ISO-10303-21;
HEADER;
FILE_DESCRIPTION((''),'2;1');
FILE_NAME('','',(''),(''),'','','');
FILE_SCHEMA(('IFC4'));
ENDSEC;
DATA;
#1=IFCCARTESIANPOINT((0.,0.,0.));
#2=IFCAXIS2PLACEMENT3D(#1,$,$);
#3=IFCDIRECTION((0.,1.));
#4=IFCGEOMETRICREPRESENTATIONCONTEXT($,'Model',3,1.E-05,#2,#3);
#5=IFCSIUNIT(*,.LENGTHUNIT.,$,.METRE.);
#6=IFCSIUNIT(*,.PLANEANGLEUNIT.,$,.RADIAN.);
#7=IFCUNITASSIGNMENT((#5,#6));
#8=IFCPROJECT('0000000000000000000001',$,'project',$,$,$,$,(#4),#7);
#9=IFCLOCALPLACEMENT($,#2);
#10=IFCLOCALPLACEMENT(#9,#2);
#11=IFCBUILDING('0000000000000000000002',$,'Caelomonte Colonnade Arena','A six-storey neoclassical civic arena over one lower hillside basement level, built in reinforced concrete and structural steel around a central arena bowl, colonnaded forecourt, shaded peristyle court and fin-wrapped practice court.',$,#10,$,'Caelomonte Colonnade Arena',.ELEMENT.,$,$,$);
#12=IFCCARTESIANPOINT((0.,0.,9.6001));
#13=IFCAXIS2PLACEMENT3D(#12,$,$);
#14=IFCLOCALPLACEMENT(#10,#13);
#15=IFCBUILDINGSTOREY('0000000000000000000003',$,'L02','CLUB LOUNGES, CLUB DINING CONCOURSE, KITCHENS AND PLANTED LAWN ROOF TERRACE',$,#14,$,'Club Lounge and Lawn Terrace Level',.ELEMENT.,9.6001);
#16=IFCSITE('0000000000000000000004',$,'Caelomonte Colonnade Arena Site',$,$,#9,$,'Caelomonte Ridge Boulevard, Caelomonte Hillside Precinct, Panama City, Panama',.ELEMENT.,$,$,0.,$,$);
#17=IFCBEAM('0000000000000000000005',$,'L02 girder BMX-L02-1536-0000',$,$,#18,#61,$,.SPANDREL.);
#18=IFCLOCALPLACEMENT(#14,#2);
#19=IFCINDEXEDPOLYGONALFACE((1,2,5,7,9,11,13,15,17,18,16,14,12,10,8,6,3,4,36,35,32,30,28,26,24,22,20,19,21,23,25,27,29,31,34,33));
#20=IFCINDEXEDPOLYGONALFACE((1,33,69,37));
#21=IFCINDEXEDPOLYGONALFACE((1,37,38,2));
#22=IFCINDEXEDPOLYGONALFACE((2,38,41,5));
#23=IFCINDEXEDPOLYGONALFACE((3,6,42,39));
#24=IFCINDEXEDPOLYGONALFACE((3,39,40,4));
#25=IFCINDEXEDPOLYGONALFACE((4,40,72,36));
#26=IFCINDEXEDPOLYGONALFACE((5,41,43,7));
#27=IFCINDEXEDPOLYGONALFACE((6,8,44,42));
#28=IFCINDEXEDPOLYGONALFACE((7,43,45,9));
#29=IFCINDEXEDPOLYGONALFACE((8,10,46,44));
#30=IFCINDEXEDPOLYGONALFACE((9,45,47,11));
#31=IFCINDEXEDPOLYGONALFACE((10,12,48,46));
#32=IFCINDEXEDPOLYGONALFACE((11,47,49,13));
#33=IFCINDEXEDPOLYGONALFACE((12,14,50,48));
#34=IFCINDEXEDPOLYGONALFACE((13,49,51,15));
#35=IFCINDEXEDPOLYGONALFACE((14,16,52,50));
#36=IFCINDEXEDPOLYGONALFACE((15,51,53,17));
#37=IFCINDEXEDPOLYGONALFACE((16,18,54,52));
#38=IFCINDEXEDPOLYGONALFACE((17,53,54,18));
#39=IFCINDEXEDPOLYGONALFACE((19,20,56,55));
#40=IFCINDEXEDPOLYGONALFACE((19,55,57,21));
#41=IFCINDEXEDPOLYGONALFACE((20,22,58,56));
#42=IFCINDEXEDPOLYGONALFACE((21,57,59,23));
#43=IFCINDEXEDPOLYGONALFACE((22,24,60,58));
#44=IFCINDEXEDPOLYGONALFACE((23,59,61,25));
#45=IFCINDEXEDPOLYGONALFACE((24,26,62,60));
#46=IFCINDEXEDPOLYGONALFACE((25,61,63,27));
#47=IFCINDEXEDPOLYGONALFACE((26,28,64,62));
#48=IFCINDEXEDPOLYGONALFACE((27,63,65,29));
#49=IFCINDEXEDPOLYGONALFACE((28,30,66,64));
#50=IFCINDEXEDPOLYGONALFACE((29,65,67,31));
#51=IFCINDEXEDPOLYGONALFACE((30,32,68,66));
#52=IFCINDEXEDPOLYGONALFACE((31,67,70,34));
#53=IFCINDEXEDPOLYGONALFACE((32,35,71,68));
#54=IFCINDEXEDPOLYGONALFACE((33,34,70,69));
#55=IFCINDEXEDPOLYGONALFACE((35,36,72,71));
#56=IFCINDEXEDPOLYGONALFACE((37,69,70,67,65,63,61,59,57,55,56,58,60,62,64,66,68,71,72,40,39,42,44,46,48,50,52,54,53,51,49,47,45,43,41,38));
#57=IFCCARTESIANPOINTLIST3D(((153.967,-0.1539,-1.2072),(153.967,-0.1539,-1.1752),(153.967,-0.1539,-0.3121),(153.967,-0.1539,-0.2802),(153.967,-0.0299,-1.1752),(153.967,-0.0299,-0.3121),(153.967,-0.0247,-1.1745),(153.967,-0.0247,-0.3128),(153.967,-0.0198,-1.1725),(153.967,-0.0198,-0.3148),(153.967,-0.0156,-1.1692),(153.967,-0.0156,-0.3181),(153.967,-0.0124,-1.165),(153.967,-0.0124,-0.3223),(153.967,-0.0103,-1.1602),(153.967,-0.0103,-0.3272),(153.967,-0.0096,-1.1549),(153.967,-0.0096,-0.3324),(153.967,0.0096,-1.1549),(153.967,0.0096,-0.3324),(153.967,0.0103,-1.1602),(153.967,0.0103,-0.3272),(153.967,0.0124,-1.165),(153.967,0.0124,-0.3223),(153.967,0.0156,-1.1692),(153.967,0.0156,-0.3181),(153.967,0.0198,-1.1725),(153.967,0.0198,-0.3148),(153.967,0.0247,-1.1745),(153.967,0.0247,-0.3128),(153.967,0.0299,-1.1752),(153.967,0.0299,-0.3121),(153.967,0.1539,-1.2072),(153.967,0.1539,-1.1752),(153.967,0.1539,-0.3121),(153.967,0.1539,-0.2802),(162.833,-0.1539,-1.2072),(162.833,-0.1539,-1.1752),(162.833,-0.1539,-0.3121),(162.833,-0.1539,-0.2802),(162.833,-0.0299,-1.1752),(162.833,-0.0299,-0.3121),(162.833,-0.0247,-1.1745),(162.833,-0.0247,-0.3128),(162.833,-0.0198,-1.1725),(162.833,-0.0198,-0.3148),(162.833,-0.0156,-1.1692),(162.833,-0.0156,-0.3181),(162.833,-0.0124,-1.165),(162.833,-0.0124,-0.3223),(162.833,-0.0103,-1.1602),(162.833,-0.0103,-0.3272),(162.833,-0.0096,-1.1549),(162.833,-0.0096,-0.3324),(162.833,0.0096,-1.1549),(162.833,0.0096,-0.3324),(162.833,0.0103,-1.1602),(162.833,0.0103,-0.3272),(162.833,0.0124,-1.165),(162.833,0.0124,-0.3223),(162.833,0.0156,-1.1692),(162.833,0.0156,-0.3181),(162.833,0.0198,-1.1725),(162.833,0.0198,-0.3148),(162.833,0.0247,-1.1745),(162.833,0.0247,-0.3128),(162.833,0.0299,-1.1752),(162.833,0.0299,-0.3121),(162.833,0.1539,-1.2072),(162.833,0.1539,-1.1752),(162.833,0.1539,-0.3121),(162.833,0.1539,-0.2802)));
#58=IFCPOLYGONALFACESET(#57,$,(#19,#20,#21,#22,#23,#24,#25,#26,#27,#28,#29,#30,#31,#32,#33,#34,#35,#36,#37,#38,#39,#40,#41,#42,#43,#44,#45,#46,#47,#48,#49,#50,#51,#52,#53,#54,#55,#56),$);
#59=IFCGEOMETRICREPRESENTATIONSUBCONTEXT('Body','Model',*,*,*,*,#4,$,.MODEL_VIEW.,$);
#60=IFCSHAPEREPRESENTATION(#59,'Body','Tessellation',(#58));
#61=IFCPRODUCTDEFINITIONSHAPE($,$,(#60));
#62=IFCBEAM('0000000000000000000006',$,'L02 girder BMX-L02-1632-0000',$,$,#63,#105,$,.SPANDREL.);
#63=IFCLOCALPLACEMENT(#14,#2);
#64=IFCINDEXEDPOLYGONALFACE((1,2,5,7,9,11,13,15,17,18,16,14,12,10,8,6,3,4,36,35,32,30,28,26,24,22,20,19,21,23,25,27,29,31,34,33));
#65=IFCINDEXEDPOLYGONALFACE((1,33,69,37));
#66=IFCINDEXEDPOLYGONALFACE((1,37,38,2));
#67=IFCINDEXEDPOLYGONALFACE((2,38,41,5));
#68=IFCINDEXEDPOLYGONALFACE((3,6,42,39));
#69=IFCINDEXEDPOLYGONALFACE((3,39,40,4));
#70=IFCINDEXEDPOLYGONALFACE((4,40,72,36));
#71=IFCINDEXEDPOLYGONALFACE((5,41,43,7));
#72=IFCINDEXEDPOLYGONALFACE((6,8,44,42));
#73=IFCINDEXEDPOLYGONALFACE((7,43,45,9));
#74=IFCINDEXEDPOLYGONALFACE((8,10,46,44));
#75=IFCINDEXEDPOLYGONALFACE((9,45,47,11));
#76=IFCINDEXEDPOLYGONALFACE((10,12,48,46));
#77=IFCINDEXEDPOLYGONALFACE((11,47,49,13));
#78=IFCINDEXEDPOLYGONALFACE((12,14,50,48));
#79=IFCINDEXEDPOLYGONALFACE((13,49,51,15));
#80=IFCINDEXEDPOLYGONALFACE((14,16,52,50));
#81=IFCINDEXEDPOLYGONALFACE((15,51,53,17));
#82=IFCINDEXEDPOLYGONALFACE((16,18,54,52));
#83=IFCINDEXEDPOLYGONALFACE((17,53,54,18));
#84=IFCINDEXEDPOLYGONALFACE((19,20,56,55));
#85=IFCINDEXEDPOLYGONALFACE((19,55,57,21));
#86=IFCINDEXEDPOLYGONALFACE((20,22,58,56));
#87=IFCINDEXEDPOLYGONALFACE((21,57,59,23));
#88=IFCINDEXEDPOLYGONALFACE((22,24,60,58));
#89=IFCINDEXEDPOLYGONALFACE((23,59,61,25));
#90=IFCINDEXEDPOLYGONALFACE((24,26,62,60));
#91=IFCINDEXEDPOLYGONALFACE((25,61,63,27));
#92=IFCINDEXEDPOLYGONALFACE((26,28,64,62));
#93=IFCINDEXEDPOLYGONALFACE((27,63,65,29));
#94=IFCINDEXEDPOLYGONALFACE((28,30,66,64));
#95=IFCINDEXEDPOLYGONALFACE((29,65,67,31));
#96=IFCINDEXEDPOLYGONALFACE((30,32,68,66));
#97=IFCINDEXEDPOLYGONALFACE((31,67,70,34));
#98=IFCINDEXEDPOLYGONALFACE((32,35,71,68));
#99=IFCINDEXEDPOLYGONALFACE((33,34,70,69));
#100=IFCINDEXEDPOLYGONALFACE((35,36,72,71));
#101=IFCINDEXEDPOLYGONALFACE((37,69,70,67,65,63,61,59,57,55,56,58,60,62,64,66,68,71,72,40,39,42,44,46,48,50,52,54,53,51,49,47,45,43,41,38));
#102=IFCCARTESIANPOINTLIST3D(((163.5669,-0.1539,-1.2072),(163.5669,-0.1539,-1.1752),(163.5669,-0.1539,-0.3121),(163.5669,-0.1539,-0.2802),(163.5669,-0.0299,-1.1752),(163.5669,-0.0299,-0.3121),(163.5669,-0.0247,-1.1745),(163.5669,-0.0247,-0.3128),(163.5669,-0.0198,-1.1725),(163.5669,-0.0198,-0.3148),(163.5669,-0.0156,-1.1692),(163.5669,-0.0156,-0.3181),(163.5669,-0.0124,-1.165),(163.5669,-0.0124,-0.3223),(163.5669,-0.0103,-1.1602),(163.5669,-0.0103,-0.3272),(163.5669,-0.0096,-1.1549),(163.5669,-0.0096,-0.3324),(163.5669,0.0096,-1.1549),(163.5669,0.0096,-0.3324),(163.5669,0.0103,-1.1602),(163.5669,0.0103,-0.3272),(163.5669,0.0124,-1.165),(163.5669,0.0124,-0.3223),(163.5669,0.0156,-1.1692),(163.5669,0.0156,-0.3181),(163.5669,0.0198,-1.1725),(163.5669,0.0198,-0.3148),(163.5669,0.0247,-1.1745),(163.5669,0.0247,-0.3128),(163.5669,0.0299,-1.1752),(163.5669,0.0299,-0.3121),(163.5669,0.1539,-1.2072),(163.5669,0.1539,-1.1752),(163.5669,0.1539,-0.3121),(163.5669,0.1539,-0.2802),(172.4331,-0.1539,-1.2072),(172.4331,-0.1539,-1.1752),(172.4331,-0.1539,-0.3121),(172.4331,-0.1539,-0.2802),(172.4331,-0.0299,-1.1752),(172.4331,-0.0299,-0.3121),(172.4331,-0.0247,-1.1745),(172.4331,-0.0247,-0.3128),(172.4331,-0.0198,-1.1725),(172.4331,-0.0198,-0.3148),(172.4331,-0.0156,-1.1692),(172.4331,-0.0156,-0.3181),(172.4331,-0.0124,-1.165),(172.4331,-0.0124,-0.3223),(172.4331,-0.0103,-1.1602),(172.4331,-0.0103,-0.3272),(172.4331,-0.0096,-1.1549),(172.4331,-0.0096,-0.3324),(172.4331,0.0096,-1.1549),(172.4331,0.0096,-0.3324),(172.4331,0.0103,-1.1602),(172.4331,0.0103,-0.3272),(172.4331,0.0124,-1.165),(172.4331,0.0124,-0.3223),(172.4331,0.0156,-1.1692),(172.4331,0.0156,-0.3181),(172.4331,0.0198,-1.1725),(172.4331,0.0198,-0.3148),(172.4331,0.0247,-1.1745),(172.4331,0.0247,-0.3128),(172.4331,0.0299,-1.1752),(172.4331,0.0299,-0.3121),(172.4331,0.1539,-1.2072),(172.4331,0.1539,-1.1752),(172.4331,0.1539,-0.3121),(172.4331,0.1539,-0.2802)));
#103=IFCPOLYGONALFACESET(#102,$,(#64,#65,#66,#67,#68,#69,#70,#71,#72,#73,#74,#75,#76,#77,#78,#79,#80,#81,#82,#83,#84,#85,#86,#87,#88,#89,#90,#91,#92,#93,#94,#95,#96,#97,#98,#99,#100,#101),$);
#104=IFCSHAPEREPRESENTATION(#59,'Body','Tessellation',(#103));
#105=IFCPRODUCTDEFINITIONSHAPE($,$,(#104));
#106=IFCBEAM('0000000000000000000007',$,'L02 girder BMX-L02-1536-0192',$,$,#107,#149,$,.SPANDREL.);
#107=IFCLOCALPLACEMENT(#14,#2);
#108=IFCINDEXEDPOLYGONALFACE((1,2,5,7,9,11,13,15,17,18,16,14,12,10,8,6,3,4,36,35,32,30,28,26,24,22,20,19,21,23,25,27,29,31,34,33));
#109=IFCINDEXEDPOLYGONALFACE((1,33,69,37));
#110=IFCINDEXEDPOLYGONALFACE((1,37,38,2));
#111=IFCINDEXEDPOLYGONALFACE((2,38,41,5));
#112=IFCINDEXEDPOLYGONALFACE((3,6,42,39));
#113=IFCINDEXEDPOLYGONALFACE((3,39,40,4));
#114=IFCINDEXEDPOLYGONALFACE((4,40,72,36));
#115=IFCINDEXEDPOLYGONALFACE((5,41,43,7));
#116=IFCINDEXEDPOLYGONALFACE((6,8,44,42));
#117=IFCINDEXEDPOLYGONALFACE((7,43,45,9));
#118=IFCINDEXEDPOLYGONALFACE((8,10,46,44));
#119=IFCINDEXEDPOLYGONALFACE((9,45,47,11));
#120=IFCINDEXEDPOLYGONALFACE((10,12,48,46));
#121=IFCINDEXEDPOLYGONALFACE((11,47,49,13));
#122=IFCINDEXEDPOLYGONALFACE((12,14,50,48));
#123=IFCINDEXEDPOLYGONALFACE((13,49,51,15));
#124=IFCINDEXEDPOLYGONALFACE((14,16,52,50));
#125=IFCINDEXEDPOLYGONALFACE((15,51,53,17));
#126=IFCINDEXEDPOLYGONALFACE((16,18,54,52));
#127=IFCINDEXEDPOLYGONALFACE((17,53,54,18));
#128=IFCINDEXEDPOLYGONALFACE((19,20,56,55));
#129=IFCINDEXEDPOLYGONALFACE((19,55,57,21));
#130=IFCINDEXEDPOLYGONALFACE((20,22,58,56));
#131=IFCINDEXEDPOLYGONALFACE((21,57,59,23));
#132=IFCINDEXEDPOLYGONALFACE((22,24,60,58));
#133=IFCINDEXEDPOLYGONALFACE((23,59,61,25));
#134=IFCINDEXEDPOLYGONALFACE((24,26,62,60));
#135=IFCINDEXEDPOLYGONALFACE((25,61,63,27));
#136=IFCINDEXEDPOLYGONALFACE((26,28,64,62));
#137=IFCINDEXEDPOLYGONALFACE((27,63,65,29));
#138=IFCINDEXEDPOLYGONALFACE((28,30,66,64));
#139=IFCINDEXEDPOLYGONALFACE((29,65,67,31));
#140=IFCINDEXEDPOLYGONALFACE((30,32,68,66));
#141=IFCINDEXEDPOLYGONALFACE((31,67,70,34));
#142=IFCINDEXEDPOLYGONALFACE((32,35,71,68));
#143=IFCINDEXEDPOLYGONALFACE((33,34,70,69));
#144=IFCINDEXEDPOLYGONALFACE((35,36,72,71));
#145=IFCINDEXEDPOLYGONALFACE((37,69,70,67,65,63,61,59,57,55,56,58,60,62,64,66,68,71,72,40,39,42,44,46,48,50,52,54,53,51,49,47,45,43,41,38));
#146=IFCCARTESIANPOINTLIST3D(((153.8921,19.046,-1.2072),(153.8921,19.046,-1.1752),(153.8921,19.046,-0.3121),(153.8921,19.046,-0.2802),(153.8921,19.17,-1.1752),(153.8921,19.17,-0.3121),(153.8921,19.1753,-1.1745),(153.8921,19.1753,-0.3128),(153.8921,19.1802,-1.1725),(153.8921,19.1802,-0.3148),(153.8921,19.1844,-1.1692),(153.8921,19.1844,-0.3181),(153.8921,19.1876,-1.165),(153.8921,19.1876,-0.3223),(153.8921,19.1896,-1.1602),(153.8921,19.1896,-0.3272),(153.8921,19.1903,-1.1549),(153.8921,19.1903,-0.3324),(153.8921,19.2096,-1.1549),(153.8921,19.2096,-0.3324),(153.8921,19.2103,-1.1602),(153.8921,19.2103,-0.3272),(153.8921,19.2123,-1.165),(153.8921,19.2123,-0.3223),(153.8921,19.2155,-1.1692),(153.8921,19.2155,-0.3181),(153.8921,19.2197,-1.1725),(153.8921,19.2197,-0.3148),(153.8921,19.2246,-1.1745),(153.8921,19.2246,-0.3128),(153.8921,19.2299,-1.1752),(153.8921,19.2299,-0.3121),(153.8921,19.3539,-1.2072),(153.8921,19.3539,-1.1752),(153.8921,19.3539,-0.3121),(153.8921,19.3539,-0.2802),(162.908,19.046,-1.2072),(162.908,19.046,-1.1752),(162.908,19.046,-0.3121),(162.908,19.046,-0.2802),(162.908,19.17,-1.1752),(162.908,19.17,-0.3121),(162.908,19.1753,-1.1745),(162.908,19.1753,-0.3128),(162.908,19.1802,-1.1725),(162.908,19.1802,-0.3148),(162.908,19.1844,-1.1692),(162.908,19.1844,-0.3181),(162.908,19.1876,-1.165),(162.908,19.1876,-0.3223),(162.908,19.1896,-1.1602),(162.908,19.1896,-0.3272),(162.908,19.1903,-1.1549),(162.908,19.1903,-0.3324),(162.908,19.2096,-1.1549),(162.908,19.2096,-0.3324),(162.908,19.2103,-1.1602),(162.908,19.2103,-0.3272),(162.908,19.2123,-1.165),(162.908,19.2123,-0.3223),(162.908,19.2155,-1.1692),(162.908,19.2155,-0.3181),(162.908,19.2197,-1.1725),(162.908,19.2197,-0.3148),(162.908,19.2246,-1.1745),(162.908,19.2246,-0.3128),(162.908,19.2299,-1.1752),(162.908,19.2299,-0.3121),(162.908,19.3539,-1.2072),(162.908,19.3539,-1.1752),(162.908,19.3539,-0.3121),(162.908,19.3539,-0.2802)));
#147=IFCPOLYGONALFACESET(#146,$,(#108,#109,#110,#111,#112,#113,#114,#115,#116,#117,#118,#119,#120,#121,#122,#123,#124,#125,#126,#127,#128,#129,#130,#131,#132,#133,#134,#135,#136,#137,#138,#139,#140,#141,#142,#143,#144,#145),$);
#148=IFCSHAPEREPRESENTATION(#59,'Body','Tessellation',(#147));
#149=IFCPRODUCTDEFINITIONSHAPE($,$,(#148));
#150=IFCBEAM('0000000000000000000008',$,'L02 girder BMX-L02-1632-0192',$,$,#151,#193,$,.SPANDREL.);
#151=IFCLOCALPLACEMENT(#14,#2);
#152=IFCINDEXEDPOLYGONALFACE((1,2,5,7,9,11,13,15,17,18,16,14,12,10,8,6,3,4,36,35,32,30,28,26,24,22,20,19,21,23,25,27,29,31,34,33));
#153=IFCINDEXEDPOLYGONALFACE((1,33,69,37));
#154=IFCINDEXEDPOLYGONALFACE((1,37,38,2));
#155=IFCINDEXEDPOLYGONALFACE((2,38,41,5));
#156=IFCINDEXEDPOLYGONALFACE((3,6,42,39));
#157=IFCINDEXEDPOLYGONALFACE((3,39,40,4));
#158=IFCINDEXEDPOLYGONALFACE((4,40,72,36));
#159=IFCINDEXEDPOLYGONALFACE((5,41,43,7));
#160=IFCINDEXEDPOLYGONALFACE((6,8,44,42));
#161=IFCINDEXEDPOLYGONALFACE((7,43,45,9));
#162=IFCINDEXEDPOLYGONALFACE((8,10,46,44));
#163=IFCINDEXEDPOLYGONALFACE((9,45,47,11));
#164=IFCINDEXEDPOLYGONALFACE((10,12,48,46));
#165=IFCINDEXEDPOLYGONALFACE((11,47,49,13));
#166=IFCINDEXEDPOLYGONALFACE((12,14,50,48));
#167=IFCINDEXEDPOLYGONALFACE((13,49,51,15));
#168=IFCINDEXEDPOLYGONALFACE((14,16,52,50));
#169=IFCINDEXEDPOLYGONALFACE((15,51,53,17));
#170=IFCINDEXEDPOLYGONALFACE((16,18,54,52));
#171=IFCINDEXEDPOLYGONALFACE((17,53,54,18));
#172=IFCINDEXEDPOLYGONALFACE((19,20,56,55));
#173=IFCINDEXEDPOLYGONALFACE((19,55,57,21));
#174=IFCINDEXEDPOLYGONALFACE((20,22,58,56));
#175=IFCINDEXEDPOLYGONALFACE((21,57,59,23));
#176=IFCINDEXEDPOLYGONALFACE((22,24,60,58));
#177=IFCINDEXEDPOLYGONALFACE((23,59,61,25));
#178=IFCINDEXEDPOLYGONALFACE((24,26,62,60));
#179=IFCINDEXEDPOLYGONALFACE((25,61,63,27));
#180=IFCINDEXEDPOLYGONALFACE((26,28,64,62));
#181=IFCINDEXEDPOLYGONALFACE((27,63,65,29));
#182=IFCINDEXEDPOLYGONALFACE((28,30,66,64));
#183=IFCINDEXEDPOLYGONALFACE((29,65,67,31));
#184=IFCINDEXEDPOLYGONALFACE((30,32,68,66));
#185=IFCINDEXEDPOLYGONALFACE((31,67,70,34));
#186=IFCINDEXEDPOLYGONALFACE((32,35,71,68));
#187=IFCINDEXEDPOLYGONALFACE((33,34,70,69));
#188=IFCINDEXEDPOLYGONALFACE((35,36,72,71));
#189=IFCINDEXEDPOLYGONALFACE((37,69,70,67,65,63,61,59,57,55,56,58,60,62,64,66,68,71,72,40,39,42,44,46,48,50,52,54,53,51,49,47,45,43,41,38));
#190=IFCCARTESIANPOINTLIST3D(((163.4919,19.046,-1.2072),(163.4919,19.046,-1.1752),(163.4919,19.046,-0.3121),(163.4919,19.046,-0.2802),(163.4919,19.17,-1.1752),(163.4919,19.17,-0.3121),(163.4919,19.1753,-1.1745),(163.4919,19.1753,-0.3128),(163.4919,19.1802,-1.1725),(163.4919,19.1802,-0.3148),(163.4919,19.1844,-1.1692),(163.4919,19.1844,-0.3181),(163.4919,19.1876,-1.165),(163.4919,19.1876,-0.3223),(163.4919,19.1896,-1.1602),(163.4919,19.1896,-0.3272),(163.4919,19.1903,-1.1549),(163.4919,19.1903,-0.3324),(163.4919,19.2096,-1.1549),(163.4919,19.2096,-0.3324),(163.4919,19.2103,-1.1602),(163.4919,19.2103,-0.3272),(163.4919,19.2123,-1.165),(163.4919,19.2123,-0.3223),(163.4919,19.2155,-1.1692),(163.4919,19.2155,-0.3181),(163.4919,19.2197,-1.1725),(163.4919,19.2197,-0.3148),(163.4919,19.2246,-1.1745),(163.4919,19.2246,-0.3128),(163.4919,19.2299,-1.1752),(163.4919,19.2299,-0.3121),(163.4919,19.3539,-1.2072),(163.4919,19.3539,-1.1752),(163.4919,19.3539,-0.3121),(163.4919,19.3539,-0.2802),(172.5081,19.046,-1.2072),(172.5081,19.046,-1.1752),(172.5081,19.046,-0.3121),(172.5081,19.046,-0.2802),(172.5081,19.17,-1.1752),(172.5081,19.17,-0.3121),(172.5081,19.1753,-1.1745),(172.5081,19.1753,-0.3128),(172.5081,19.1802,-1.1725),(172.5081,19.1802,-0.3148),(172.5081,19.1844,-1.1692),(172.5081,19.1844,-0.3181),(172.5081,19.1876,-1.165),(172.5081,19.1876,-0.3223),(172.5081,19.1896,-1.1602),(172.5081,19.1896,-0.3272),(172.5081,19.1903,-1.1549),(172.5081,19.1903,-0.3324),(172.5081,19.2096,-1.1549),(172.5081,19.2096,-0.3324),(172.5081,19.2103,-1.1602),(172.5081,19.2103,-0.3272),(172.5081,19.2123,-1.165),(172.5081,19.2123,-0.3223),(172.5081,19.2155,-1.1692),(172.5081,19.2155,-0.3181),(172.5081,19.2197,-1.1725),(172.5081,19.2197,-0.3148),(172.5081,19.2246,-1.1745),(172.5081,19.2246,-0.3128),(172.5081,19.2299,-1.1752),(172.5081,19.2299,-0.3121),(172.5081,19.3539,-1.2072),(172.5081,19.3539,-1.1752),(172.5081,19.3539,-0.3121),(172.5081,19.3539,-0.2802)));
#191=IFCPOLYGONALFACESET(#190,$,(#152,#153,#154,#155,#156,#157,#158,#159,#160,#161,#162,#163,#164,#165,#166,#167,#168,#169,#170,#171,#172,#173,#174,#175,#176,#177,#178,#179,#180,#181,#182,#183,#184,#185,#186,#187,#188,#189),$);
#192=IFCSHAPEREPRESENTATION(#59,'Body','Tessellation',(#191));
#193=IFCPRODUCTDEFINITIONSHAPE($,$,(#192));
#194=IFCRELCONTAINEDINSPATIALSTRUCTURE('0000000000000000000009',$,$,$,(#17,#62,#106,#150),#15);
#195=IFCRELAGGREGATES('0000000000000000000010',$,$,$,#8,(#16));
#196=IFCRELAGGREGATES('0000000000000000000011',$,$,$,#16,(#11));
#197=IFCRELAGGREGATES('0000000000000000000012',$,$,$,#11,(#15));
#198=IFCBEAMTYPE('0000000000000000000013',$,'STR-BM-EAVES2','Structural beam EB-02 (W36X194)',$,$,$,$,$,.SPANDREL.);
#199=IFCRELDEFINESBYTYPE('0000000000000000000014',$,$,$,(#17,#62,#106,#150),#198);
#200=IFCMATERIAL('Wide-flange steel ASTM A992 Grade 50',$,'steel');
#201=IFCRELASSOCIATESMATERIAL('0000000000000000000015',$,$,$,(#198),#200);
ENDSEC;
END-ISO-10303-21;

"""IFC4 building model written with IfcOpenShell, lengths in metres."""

from ifc_helpers import new_model, si_unit, direction, frame, origin, origin_2d, place, context, subcontext, project, spatial, i_section, extrude, material, material_profile, profile_set, type_object, element, save


model = new_model("IFC4")

# Units and contexts
model_context = context("Model", 3, precision=1e-05, world=origin(), true_north=direction((0.0, 1.0)))
body_context = subcontext(model_context, "Body", "Model", "MODEL_VIEW")
ifc_project = project(units=[si_unit("LENGTHUNIT", "METRE"), si_unit("PLANEANGLEUNIT", "RADIAN")], contexts=[model_context])

# Site, building, storey
site_placement = place(None, origin())
site = spatial("IfcSite", under=ifc_project, at=site_placement, Name="Caelomonte Colonnade Arena Site", LongName="Caelomonte Ridge Boulevard, Caelomonte Hillside Precinct, Panama City, Panama", CompositionType="ELEMENT", RefElevation=0.0)
building_placement = place(site_placement, origin())
building = spatial("IfcBuilding", under=site, at=building_placement, Name="Caelomonte Colonnade Arena", Description="A six-storey neoclassical civic arena over one lower hillside basement level, built in reinforced concrete and structural steel around a central arena bowl, colonnaded forecourt, shaded peristyle court and fin-wrapped practice court.", LongName="Caelomonte Colonnade Arena", CompositionType="ELEMENT")
storey_placement = place(building_placement, frame((0.0, 0.0, 9.6001)))
storey = spatial("IfcBuildingStorey", under=building, at=storey_placement, Name="L02", Description="CLUB LOUNGES, CLUB DINING CONCOURSE, KITCHENS AND PLANTED LAWN ROOF TERRACE", LongName="Club Lounge and Lawn Terrace Level", CompositionType="ELEMENT", Elevation=9.6001)

# Beams
ifc_material_1 = material(Name="Wide-flange steel ASTM A992 Grade 50", Category="steel")
ifc_material_profile_1 = material_profile(ifc_material_1, i_section(OverallWidth=0.3079, OverallDepth=0.927, WebThickness=0.0193, FlangeThickness=0.032, FilletRadius=0.0203, at=origin_2d()), Name="W36X194")
ifc_profile_set_1 = profile_set([ifc_material_profile_1], Name="Wide-flange steel ASTM A992 Grade 50")
beam_type_1 = type_object("IfcBeamType", Name="STR-BM-EAVES2", Description="Structural beam EB-02 (W36X194)", PredefinedType="SPANDREL", material=ifc_profile_set_1)
beam_1_placement = place(storey_placement, frame((153.967, 0.0, -0.7437), z_axis=(1.0, 0.0, 0.0), x_axis=(0.0, 1.0, 0.0)))
element("IfcBeam", 1, at=beam_1_placement, inside=storey, type_object=beam_type_1, Name="L02 girder BMX-L02-1536-0000", PredefinedType="SPANDREL", context=body_context, shape_type="SweptSolid", body=[
    extrude(i_section(OverallWidth=0.3079, OverallDepth=0.927, WebThickness=0.0193, FlangeThickness=0.032, FilletRadius=0.0203, at=origin_2d()), origin(), (0.0, 0.0, 1.0), 8.866),
])
beam_2_placement = place(storey_placement, frame((163.5669, 0.0, -0.7437), z_axis=(1.0, 0.0, 0.0), x_axis=(0.0, 1.0, 0.0)))
element("IfcBeam", 2, at=beam_2_placement, inside=storey, type_object=beam_type_1, Name="L02 girder BMX-L02-1632-0000", PredefinedType="SPANDREL", context=body_context, shape_type="SweptSolid", body=[
    extrude(i_section(OverallWidth=0.3079, OverallDepth=0.927, WebThickness=0.0193, FlangeThickness=0.032, FilletRadius=0.0203, at=origin_2d()), origin(), (0.0, 0.0, 1.0), 8.8662),
])
beam_3_placement = place(storey_placement, frame((153.8921, 19.2, -0.7437), z_axis=(1.0, 0.0, 0.0), x_axis=(0.0, 1.0, 0.0)))
element("IfcBeam", 3, at=beam_3_placement, inside=storey, type_object=beam_type_1, Name="L02 girder BMX-L02-1536-0192", PredefinedType="SPANDREL", context=body_context, shape_type="SweptSolid", body=[
    extrude(i_section(OverallWidth=0.3079, OverallDepth=0.927, WebThickness=0.0193, FlangeThickness=0.032, FilletRadius=0.0203, at=origin_2d()), origin(), (0.0, 0.0, 1.0), 9.0159),
])
for number, where, z_axis, x_axis, name in (
    (4, (163.4919, 19.2, -0.7437), (1.0, 0.0, 0.0), (0.0, 1.0, 0.0), "L02 girder BMX-L02-1632-0192"),
):
    element("IfcBeam", number, at=place(storey_placement, frame(where, z_axis=z_axis, x_axis=x_axis)), inside=storey, type_object=beam_type_1, Name=name, PredefinedType="SPANDREL", context=body_context, shape_type="SweptSolid", body=[
        extrude(i_section(OverallWidth=0.3079, OverallDepth=0.927, WebThickness=0.0193, FlangeThickness=0.032, FilletRadius=0.0203, at=origin_2d()), origin(), (0.0, 0.0, 1.0), 9.0161),
    ])

save(model, "model.ifc")
